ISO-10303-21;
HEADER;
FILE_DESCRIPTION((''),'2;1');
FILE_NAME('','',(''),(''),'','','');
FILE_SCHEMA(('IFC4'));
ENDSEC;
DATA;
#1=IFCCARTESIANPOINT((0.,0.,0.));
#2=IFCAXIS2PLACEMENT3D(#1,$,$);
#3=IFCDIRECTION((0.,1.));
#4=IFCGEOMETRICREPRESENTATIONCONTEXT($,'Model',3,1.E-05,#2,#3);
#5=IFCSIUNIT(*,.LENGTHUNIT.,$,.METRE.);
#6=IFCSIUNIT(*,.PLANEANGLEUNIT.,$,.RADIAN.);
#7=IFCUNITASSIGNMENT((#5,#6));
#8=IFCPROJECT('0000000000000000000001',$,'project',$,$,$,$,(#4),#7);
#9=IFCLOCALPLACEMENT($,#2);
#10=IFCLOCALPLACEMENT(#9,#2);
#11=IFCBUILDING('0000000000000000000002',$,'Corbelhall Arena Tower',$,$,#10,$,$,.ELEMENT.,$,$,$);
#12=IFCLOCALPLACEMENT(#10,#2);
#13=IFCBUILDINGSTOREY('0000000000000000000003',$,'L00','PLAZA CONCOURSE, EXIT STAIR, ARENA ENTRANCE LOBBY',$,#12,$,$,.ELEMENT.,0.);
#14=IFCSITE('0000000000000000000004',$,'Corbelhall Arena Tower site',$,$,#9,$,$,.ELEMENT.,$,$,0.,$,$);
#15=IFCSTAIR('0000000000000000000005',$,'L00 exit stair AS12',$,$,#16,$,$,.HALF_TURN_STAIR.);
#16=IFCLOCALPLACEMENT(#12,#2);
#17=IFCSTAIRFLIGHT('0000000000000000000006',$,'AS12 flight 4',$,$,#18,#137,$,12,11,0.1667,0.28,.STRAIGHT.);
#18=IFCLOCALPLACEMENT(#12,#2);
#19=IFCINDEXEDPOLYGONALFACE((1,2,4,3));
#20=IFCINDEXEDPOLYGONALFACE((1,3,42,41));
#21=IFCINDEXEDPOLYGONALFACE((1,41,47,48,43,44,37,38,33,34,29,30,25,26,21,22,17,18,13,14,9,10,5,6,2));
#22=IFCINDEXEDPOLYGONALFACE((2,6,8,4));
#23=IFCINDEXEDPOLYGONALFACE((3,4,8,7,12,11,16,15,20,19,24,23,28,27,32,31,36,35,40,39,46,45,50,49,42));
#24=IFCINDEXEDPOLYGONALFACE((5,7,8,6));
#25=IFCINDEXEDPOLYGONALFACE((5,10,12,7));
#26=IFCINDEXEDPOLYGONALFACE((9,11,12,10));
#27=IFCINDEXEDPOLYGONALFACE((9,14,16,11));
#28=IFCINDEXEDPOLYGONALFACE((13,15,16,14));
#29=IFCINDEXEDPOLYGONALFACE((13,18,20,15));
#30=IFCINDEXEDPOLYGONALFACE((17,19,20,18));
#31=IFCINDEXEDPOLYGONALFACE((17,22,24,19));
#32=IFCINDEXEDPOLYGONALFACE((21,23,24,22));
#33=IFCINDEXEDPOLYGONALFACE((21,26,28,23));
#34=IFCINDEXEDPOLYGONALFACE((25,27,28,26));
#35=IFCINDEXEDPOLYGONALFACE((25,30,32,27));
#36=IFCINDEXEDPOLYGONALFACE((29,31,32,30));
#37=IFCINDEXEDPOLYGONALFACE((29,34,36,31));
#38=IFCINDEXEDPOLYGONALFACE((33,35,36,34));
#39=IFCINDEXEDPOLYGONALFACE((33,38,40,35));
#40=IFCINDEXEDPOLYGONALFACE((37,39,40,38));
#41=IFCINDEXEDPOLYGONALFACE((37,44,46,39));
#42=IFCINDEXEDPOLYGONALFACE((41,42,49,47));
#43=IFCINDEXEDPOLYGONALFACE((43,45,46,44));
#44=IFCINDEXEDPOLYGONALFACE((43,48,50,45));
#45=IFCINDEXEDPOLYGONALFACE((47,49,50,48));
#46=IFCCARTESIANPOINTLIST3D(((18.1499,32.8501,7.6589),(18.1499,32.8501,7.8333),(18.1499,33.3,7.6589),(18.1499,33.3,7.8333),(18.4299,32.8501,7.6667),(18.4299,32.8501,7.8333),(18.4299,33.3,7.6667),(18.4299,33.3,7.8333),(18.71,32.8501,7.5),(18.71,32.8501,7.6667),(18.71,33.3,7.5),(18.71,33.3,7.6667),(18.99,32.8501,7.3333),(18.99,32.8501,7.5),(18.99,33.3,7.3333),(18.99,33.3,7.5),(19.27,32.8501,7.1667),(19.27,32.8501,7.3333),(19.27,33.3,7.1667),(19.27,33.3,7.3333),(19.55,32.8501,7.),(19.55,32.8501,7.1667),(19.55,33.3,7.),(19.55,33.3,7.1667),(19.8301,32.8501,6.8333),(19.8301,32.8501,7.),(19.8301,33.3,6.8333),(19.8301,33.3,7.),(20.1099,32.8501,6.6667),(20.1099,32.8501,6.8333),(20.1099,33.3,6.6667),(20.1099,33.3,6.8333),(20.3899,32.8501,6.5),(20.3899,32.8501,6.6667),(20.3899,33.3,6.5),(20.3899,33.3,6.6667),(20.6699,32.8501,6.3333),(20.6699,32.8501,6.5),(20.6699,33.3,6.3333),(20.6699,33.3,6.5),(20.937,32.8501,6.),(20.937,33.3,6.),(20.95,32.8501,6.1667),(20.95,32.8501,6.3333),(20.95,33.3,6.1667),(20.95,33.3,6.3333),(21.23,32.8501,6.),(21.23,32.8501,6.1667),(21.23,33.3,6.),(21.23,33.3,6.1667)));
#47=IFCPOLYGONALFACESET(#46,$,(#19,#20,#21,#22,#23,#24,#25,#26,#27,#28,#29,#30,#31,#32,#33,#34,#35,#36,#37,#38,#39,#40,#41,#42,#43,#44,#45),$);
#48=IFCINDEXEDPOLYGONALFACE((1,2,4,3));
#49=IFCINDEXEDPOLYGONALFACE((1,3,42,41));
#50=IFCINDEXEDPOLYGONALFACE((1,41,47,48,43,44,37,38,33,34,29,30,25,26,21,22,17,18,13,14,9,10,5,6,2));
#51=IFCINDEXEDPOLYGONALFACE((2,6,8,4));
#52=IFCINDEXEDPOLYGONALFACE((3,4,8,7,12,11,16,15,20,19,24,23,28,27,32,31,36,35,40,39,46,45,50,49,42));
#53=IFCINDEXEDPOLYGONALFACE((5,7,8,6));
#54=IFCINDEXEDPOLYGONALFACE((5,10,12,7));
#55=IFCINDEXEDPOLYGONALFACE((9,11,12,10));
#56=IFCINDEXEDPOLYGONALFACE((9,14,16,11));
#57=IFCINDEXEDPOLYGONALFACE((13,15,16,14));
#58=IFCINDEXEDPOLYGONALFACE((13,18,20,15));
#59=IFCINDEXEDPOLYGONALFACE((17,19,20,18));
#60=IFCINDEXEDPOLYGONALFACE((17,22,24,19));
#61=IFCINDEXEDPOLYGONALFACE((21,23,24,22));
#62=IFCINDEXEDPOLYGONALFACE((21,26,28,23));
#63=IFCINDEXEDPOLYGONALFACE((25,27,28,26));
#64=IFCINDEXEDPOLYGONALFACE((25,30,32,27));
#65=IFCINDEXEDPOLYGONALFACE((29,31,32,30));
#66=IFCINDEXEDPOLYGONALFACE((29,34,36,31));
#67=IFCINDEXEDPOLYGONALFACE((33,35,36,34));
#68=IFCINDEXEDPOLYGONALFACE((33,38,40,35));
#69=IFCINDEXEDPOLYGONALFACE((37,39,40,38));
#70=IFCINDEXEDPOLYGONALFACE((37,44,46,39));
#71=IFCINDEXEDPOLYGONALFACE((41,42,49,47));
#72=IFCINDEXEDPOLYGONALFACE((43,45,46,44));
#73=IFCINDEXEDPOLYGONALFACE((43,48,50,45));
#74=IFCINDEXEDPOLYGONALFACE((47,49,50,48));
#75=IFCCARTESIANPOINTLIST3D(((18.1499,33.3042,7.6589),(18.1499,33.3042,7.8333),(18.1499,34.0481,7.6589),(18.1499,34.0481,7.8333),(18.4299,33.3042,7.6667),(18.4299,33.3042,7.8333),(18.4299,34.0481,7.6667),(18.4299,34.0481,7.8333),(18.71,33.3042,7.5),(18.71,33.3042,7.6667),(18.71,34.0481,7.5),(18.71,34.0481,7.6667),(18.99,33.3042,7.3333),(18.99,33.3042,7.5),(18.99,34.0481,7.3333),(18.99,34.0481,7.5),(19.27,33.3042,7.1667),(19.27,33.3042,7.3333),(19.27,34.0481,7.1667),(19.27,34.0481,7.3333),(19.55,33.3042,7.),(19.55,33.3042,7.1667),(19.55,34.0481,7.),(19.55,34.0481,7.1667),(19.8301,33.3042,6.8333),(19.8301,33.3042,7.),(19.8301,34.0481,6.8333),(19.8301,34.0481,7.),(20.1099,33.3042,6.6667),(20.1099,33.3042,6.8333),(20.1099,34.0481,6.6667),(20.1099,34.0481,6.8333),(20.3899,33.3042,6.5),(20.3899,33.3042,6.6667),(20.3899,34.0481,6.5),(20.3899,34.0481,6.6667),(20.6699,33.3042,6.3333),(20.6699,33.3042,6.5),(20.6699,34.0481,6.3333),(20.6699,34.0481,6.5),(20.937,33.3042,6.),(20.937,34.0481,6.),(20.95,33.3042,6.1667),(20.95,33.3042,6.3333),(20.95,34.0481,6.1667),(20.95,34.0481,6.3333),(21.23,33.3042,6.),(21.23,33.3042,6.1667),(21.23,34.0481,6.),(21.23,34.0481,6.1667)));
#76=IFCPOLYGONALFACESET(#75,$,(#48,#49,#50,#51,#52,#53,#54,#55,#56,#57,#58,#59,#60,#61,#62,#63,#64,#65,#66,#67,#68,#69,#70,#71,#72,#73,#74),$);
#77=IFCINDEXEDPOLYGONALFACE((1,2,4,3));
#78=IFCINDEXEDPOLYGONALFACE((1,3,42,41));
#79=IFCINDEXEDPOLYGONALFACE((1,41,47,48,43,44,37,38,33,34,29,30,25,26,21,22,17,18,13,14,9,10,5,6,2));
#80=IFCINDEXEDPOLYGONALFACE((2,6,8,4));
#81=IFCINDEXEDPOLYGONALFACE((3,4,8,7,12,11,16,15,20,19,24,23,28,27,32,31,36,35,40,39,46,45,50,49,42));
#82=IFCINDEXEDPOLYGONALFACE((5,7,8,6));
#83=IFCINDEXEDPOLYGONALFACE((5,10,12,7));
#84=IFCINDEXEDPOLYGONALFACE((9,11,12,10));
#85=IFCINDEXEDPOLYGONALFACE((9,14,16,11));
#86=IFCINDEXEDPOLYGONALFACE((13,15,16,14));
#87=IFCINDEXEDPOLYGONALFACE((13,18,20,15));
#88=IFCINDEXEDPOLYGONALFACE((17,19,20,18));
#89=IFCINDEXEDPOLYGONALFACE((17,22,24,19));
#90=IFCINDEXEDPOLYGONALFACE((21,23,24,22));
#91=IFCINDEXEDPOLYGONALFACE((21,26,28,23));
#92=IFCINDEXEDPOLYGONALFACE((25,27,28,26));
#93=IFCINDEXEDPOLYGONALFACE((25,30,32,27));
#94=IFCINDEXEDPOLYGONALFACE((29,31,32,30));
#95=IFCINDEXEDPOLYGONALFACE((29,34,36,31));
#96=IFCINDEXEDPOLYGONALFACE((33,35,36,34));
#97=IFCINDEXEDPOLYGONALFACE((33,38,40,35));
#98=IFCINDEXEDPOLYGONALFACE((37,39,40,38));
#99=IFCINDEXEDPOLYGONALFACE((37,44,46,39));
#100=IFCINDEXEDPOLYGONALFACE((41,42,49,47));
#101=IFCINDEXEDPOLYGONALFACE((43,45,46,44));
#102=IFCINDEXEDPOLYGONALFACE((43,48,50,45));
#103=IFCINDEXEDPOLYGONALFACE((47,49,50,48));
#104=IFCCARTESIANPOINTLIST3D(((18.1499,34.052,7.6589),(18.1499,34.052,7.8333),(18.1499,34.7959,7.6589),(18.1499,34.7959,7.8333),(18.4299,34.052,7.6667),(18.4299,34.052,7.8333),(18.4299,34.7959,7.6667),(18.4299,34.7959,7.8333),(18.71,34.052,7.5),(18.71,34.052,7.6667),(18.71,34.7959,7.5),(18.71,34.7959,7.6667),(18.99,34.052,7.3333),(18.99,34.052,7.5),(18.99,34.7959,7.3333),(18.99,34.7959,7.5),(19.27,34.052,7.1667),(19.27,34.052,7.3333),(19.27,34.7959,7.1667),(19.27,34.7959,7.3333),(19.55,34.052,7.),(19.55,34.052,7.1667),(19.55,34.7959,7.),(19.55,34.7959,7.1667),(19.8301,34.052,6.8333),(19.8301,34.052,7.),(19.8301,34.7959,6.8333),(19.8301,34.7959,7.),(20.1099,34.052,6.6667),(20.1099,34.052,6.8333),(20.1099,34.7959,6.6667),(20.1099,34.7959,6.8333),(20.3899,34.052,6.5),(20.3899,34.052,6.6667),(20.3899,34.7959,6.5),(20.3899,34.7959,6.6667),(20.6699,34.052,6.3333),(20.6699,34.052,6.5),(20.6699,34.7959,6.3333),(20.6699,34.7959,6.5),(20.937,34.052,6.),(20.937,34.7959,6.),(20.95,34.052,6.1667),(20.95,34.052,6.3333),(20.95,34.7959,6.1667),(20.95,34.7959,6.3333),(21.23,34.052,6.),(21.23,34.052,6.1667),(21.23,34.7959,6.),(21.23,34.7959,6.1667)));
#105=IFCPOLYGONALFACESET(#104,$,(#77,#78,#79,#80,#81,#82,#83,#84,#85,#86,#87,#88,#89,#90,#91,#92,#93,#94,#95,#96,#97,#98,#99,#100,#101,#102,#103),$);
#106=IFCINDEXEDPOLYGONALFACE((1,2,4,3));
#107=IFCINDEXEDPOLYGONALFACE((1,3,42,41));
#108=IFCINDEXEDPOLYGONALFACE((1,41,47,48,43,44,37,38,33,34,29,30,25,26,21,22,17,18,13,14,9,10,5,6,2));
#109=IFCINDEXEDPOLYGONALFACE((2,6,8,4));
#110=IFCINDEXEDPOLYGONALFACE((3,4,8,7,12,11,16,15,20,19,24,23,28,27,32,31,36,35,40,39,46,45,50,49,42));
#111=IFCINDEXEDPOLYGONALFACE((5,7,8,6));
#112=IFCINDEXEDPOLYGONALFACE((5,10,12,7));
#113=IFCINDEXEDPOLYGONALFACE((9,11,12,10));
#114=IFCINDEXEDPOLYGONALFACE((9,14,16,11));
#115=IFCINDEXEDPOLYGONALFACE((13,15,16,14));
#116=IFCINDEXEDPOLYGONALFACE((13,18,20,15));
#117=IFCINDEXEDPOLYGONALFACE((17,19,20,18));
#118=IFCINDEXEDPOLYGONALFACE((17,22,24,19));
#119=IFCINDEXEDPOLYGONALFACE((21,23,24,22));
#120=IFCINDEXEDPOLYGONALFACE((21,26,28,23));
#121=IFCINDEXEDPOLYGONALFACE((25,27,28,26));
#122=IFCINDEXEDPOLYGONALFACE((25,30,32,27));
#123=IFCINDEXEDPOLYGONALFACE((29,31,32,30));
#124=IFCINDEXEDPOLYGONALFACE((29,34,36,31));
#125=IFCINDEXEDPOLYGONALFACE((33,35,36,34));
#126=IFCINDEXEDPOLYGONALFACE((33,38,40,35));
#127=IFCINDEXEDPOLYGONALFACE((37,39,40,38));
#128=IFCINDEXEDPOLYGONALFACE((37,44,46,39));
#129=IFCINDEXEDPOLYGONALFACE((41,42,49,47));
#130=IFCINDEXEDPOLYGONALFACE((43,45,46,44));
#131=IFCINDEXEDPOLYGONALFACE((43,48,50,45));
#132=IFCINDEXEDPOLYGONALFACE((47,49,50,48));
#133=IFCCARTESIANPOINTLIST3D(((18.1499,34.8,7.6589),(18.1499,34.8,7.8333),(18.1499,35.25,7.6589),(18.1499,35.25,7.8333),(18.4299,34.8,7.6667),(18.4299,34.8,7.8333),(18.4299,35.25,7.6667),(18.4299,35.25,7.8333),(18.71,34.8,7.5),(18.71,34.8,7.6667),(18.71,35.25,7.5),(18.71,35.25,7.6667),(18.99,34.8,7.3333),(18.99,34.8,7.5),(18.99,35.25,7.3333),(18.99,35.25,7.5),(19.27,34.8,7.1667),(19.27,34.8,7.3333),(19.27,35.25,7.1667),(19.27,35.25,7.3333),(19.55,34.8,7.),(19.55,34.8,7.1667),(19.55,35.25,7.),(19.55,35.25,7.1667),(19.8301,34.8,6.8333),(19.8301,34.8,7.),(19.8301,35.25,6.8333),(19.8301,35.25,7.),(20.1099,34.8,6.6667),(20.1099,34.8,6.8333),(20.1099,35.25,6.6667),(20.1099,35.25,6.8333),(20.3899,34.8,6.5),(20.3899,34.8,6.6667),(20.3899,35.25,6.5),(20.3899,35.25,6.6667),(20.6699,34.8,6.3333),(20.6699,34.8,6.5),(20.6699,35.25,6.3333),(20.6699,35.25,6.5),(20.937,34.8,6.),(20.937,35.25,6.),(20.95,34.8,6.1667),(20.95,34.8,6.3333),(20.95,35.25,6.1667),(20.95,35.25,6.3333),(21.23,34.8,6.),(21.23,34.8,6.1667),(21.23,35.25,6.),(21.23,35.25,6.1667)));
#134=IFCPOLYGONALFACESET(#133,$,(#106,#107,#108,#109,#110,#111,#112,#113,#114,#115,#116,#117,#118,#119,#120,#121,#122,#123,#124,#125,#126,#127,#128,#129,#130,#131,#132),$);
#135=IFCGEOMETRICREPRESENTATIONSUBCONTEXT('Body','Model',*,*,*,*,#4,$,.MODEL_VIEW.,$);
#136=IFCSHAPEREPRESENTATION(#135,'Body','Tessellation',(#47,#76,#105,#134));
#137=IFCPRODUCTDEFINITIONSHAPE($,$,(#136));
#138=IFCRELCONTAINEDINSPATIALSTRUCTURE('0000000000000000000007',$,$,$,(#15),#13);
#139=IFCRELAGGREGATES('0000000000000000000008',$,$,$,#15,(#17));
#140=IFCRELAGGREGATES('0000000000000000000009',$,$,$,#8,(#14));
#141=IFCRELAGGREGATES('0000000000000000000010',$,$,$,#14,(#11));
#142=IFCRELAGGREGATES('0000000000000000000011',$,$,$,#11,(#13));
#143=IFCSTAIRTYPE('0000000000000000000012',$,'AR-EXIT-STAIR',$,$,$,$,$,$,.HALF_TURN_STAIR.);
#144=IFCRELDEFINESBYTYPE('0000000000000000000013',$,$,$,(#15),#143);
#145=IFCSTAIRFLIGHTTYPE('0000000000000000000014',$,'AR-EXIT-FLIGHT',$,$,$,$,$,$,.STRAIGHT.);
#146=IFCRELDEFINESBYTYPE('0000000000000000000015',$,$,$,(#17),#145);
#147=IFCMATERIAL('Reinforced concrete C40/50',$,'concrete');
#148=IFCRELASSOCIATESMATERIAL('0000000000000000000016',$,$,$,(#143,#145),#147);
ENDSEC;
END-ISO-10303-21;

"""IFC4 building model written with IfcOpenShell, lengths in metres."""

from ifc_helpers import new_model, si_unit, direction, frame, origin, place, context, subcontext, project, spatial, polyline, outline, extrude, material, type_object, element, aggregate, save


model = new_model("IFC4")

# Units and contexts
model_context = context("Model", 3, precision=1e-05, world=origin(), true_north=direction((0.0, 1.0)))
body_context = subcontext(model_context, "Body", "Model", "MODEL_VIEW")
ifc_project = project(units=[si_unit("LENGTHUNIT", "METRE"), si_unit("PLANEANGLEUNIT", "RADIAN")], contexts=[model_context])

# Site, building, storey
site_placement = place(None, origin())
site = spatial("IfcSite", under=ifc_project, at=site_placement, Name="Corbelhall Arena Tower site", CompositionType="ELEMENT", RefElevation=0.0)
building_placement = place(site_placement, origin())
building = spatial("IfcBuilding", under=site, at=building_placement, Name="Corbelhall Arena Tower", CompositionType="ELEMENT")
storey_placement = place(building_placement, origin())
storey = spatial("IfcBuildingStorey", under=building, at=storey_placement, Name="L00", Description="PLAZA CONCOURSE, EXIT STAIR, ARENA ENTRANCE LOBBY", CompositionType="ELEMENT", Elevation=0.0)

# Shared definitions
ifc_material_1 = material(Name="Reinforced concrete C40/50", Category="concrete")

# Stair, stair flight
stair_type = type_object("IfcStairType", Name="AR-EXIT-STAIR", PredefinedType="HALF_TURN_STAIR", material=ifc_material_1)
stair_placement = place(storey_placement, origin())
stair = element("IfcStair", 1, at=stair_placement, inside=storey, type_object=stair_type, Name="L00 exit stair AS12", PredefinedType="HALF_TURN_STAIR")
stair_flight_type = type_object("IfcStairFlightType", Name="AR-EXIT-FLIGHT", PredefinedType="STRAIGHT", material=ifc_material_1)
stair_flight_1_placement = place(storey_placement, frame((21.23, 34.05, 6.0), z_axis=(0.0, 0.0, 1.0), x_axis=(-1.0, 0.0, 0.0)))
stair_flight_1 = element("IfcStairFlight", 2, at=stair_flight_1_placement, type_object=stair_flight_type, Name="AS12 flight 4", NumberOfRisers=12, NumberOfTreads=11, PredefinedType="STRAIGHT", RiserHeight=0.1667, TreadLength=0.28, context=body_context, shape_type="SweptSolid", body=[
    extrude(outline(polyline([(0.0, 0.0), (0.0, 0.1667), (0.28, 0.1667), (0.28, 0.3333), (0.5601, 0.3333), (0.5601, 0.5), (0.8401, 0.5), (0.8401, 0.6667), (1.1201, 0.6667), (1.1201, 0.8333), (1.3999, 0.8333), (1.3999, 1.0), (1.6799, 1.0), (1.6799, 1.1667), (1.96, 1.1667), (1.96, 1.3333), (2.24, 1.3333), (2.24, 1.5), (2.52, 1.5), (2.52, 1.6667), (2.8, 1.6667), (2.8, 1.8333), (3.0801, 1.8333), (3.0801, 2.0), (3.0801, 1.6589), (0.293, 0.0), (0.0, 0.0)])), frame((0.0, 1.2, 0.0), z_axis=(0.0, -1.0, 0.0), x_axis=(1.0, 0.0, 0.0)), (0.0, 0.0, 1.0), 0.45),
    extrude(outline(polyline([(0.0, 0.0), (0.0, 0.1667), (0.28, 0.1667), (0.28, 0.3333), (0.5601, 0.3333), (0.5601, 0.5), (0.8401, 0.5), (0.8401, 0.6667), (1.1201, 0.6667), (1.1201, 0.8333), (1.3999, 0.8333), (1.3999, 1.0), (1.6799, 1.0), (1.6799, 1.1667), (1.96, 1.1667), (1.96, 1.3333), (2.24, 1.3333), (2.24, 1.5), (2.52, 1.5), (2.52, 1.6667), (2.8, 1.6667), (2.8, 1.8333), (3.0801, 1.8333), (3.0801, 2.0), (3.0801, 1.6589), (0.293, 0.0), (0.0, 0.0)])), frame((0.0, 0.7458, 0.0), z_axis=(0.0, -1.0, 0.0), x_axis=(1.0, 0.0, 0.0)), (0.0, 0.0, 1.0), 0.7439),
    extrude(outline(polyline([(0.0, 0.0), (0.0, 0.1667), (0.28, 0.1667), (0.28, 0.3333), (0.5601, 0.3333), (0.5601, 0.5), (0.8401, 0.5), (0.8401, 0.6667), (1.1201, 0.6667), (1.1201, 0.8333), (1.3999, 0.8333), (1.3999, 1.0), (1.6799, 1.0), (1.6799, 1.1667), (1.96, 1.1667), (1.96, 1.3333), (2.24, 1.3333), (2.24, 1.5), (2.52, 1.5), (2.52, 1.6667), (2.8, 1.6667), (2.8, 1.8333), (3.0801, 1.8333), (3.0801, 2.0), (3.0801, 1.6589), (0.293, 0.0), (0.0, 0.0)])), frame((0.0, -0.002, 0.0), z_axis=(0.0, -1.0, 0.0), x_axis=(1.0, 0.0, 0.0)), (0.0, 0.0, 1.0), 0.7439),
    extrude(outline(polyline([(0.0, 0.0), (0.0, 0.1667), (0.28, 0.1667), (0.28, 0.3333), (0.5601, 0.3333), (0.5601, 0.5), (0.8401, 0.5), (0.8401, 0.6667), (1.1201, 0.6667), (1.1201, 0.8333), (1.3999, 0.8333), (1.3999, 1.0), (1.6799, 1.0), (1.6799, 1.1667), (1.96, 1.1667), (1.96, 1.3333), (2.24, 1.3333), (2.24, 1.5), (2.52, 1.5), (2.52, 1.6667), (2.8, 1.6667), (2.8, 1.8333), (3.0801, 1.8333), (3.0801, 2.0), (3.0801, 1.6589), (0.293, 0.0), (0.0, 0.0)])), frame((0.0, -0.75, 0.0), z_axis=(0.0, -1.0, 0.0), x_axis=(1.0, 0.0, 0.0)), (0.0, 0.0, 1.0), 0.45),
])
aggregate(stair, [stair_flight_1])

save(model, "model.ifc")
